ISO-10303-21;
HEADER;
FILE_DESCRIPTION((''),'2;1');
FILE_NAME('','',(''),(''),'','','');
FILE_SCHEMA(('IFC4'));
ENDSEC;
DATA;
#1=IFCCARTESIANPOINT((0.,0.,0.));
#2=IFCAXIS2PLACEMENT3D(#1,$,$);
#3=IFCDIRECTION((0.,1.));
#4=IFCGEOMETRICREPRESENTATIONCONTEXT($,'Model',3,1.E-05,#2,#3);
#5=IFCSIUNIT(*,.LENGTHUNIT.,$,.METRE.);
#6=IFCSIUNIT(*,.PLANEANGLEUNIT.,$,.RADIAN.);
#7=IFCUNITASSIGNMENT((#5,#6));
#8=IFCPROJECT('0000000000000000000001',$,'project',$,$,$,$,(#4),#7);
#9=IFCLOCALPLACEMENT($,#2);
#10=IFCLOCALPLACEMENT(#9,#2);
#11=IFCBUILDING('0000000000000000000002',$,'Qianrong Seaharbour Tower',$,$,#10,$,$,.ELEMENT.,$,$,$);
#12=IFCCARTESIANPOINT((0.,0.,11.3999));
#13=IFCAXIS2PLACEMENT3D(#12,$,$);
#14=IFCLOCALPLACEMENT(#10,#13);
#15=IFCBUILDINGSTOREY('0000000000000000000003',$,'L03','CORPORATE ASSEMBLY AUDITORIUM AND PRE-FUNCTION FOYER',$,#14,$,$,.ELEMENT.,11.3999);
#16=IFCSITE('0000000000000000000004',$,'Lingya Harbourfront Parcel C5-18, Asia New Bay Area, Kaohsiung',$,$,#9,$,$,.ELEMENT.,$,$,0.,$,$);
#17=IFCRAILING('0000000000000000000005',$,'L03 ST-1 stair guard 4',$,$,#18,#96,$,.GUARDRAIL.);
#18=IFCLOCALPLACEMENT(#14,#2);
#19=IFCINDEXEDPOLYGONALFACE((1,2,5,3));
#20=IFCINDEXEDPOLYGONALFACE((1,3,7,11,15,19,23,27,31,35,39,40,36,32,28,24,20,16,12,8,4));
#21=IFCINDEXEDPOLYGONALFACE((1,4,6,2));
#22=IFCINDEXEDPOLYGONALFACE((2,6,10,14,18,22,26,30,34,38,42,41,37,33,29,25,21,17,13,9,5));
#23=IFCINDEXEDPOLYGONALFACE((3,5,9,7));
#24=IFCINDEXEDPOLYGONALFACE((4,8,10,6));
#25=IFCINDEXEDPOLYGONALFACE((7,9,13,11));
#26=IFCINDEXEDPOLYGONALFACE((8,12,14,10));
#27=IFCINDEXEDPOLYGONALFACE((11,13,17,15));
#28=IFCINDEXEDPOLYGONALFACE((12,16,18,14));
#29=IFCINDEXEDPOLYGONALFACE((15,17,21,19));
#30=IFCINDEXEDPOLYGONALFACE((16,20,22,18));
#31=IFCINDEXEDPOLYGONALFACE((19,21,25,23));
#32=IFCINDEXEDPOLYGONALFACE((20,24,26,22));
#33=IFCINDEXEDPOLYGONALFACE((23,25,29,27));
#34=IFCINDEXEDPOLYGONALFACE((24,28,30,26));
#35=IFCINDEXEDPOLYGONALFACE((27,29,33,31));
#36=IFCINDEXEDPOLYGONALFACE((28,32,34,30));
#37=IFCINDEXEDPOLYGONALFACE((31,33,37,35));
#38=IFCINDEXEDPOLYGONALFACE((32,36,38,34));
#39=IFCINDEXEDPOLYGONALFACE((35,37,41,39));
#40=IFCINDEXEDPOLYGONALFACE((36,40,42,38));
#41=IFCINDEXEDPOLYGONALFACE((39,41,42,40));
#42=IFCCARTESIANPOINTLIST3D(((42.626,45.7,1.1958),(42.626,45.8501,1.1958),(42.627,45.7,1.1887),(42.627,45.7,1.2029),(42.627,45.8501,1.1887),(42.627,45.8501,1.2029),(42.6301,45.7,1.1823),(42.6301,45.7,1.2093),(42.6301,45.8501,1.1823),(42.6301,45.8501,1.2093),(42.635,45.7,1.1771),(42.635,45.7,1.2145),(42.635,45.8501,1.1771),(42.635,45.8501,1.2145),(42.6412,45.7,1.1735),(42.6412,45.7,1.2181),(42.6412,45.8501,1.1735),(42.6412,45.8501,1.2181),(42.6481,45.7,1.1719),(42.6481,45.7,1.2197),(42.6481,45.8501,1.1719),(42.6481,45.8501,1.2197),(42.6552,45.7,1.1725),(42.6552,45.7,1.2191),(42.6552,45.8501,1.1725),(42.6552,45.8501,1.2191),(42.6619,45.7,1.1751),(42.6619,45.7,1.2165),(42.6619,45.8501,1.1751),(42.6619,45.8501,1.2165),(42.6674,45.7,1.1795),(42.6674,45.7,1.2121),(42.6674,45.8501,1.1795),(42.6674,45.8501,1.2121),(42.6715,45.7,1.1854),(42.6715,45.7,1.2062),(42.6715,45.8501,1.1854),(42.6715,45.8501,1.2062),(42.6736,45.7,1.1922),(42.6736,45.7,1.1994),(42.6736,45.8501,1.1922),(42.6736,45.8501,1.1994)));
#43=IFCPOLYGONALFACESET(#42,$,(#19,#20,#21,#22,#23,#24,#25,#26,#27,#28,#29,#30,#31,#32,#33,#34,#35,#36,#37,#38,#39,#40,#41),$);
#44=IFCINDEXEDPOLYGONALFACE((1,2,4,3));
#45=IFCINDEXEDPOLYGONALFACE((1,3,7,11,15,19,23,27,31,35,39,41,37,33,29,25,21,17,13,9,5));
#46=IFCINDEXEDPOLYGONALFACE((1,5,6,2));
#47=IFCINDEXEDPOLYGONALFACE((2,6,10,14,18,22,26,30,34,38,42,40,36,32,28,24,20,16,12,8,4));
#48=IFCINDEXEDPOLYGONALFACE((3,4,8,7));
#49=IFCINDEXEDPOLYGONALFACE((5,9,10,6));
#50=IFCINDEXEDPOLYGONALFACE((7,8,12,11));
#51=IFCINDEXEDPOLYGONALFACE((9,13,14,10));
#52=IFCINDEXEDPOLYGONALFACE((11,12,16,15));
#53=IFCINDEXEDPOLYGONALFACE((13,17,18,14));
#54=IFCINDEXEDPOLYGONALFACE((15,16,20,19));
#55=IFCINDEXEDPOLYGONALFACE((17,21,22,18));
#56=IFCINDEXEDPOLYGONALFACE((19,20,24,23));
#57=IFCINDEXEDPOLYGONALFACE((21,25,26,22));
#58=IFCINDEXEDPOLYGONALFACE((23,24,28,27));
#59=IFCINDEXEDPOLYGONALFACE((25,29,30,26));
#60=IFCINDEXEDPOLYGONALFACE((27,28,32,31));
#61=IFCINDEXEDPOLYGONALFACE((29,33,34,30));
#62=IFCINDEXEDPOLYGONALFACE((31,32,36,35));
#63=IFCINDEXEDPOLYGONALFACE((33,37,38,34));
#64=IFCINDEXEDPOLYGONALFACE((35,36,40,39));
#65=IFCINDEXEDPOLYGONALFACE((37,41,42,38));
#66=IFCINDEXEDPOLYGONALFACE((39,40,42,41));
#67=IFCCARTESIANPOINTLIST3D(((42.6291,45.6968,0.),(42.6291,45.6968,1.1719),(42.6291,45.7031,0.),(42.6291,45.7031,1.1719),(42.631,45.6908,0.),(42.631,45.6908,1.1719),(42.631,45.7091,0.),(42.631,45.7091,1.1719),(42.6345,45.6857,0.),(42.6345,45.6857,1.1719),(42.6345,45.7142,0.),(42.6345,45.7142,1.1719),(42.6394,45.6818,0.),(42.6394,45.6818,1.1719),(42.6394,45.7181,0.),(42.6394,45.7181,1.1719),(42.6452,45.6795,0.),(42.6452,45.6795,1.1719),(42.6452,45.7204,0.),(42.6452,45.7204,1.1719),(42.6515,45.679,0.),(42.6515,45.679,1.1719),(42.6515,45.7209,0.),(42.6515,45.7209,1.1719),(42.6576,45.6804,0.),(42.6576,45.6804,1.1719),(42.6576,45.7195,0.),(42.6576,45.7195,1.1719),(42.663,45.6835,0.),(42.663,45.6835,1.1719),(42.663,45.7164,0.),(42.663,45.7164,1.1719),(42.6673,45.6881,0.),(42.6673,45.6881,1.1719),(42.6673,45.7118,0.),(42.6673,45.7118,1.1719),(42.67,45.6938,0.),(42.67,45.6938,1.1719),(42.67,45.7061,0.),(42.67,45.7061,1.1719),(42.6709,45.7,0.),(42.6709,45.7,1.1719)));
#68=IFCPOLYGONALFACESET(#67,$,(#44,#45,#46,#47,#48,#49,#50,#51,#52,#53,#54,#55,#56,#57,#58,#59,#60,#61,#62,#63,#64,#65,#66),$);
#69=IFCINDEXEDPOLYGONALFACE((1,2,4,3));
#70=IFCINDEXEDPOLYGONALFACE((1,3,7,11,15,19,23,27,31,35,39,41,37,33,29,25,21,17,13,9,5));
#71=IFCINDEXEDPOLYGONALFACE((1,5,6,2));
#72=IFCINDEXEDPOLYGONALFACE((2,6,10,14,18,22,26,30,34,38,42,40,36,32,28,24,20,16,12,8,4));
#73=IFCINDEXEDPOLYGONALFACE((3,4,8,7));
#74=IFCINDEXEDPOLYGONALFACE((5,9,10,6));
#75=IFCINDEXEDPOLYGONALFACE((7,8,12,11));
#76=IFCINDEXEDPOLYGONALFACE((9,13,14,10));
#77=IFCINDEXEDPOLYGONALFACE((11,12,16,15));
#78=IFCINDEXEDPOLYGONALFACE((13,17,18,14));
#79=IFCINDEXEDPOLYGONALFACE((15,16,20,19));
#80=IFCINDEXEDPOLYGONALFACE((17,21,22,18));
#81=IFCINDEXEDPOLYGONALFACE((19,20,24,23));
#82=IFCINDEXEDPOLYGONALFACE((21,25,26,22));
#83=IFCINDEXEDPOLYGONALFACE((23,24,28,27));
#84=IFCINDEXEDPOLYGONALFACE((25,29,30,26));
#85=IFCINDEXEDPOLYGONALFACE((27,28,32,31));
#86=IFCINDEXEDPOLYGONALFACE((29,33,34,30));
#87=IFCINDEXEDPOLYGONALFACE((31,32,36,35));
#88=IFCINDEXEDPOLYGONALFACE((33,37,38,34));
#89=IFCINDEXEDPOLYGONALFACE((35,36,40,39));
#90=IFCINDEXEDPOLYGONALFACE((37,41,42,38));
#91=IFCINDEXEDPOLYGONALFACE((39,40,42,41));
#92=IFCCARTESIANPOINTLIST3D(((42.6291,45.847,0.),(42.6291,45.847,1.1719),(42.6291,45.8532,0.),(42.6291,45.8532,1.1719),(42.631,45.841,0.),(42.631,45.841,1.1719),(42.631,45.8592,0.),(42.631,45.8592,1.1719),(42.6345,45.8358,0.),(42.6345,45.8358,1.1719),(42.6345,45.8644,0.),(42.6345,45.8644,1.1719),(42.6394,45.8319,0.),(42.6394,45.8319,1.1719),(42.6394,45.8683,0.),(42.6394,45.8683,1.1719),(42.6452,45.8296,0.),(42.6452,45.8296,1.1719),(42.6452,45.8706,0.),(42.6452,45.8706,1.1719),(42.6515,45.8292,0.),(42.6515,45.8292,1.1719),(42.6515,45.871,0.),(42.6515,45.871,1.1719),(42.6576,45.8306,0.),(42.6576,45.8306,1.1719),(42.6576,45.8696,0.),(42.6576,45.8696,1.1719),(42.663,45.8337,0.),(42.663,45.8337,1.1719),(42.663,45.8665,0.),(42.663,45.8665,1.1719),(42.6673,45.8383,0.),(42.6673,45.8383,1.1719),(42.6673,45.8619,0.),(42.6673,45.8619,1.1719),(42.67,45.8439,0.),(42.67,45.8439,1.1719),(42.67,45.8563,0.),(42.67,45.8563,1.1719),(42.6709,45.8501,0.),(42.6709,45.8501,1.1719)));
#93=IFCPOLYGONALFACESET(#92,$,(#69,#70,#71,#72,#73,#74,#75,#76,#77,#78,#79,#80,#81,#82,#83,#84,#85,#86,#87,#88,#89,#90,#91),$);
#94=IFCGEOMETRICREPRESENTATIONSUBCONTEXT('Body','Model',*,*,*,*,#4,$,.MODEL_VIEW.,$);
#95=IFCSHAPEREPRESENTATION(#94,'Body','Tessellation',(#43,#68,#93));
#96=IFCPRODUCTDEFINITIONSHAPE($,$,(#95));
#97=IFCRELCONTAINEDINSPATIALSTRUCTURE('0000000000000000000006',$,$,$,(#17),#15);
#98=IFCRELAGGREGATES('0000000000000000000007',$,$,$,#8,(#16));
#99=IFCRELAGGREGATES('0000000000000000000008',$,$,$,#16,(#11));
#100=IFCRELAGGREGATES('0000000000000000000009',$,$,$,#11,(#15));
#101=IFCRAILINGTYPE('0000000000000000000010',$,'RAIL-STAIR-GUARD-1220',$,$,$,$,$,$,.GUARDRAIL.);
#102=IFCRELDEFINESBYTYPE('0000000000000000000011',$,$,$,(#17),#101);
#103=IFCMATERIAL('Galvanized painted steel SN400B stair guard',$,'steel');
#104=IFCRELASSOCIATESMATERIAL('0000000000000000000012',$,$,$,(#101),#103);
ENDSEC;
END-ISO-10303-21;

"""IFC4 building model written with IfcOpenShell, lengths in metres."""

from ifc_helpers import new_model, si_unit, direction, frame, origin, origin_2d, place, context, subcontext, project, spatial, circle, extrude, material, type_object, element, save


model = new_model("IFC4")

# Units and contexts
model_context = context("Model", 3, precision=1e-05, world=origin(), true_north=direction((0.0, 1.0)))
body_context = subcontext(model_context, "Body", "Model", "MODEL_VIEW")
ifc_project = project(units=[si_unit("LENGTHUNIT", "METRE"), si_unit("PLANEANGLEUNIT", "RADIAN")], contexts=[model_context])

# Site, building, storey
site_placement = place(None, origin())
site = spatial("IfcSite", under=ifc_project, at=site_placement, Name="Lingya Harbourfront Parcel C5-18, Asia New Bay Area, Kaohsiung", CompositionType="ELEMENT", RefElevation=0.0)
building_placement = place(site_placement, origin())
building = spatial("IfcBuilding", under=site, at=building_placement, Name="Qianrong Seaharbour Tower", CompositionType="ELEMENT")
storey_placement = place(building_placement, frame((0.0, 0.0, 11.3999)))
storey = spatial("IfcBuildingStorey", under=building, at=storey_placement, Name="L03", Description="CORPORATE ASSEMBLY AUDITORIUM AND PRE-FUNCTION FOYER", CompositionType="ELEMENT", Elevation=11.3999)

# Railing
ifc_material_1 = material(Name="Galvanized painted steel SN400B stair guard", Category="steel")
railing_type_1 = type_object("IfcRailingType", Name="RAIL-STAIR-GUARD-1220", PredefinedType="GUARDRAIL", material=ifc_material_1)
railing_1_placement = place(storey_placement, frame((42.6499, 45.7, 0.0)))
element("IfcRailing", 1, at=railing_1_placement, inside=storey, type_object=railing_type_1, Name="L03 ST-1 stair guard 4", PredefinedType="GUARDRAIL", context=body_context, shape_type="SweptSolid", body=[
    extrude(circle(Radius=0.0239, at=origin_2d()), frame((0.0, 0.0, 1.1958), z_axis=(0.0, 1.0, 0.0), x_axis=(-1.0, 0.0, 0.0)), (0.0, 0.0, 1.0), 0.1501),
    extrude(circle(Radius=0.021, at=origin_2d()), origin(), (0.0, 0.0, 1.0), 1.1719),
    extrude(circle(Radius=0.021, at=origin_2d()), frame((0.0, 0.1501, 0.0)), (0.0, 0.0, 1.0), 1.1719),
])

save(model, "model.ifc")
